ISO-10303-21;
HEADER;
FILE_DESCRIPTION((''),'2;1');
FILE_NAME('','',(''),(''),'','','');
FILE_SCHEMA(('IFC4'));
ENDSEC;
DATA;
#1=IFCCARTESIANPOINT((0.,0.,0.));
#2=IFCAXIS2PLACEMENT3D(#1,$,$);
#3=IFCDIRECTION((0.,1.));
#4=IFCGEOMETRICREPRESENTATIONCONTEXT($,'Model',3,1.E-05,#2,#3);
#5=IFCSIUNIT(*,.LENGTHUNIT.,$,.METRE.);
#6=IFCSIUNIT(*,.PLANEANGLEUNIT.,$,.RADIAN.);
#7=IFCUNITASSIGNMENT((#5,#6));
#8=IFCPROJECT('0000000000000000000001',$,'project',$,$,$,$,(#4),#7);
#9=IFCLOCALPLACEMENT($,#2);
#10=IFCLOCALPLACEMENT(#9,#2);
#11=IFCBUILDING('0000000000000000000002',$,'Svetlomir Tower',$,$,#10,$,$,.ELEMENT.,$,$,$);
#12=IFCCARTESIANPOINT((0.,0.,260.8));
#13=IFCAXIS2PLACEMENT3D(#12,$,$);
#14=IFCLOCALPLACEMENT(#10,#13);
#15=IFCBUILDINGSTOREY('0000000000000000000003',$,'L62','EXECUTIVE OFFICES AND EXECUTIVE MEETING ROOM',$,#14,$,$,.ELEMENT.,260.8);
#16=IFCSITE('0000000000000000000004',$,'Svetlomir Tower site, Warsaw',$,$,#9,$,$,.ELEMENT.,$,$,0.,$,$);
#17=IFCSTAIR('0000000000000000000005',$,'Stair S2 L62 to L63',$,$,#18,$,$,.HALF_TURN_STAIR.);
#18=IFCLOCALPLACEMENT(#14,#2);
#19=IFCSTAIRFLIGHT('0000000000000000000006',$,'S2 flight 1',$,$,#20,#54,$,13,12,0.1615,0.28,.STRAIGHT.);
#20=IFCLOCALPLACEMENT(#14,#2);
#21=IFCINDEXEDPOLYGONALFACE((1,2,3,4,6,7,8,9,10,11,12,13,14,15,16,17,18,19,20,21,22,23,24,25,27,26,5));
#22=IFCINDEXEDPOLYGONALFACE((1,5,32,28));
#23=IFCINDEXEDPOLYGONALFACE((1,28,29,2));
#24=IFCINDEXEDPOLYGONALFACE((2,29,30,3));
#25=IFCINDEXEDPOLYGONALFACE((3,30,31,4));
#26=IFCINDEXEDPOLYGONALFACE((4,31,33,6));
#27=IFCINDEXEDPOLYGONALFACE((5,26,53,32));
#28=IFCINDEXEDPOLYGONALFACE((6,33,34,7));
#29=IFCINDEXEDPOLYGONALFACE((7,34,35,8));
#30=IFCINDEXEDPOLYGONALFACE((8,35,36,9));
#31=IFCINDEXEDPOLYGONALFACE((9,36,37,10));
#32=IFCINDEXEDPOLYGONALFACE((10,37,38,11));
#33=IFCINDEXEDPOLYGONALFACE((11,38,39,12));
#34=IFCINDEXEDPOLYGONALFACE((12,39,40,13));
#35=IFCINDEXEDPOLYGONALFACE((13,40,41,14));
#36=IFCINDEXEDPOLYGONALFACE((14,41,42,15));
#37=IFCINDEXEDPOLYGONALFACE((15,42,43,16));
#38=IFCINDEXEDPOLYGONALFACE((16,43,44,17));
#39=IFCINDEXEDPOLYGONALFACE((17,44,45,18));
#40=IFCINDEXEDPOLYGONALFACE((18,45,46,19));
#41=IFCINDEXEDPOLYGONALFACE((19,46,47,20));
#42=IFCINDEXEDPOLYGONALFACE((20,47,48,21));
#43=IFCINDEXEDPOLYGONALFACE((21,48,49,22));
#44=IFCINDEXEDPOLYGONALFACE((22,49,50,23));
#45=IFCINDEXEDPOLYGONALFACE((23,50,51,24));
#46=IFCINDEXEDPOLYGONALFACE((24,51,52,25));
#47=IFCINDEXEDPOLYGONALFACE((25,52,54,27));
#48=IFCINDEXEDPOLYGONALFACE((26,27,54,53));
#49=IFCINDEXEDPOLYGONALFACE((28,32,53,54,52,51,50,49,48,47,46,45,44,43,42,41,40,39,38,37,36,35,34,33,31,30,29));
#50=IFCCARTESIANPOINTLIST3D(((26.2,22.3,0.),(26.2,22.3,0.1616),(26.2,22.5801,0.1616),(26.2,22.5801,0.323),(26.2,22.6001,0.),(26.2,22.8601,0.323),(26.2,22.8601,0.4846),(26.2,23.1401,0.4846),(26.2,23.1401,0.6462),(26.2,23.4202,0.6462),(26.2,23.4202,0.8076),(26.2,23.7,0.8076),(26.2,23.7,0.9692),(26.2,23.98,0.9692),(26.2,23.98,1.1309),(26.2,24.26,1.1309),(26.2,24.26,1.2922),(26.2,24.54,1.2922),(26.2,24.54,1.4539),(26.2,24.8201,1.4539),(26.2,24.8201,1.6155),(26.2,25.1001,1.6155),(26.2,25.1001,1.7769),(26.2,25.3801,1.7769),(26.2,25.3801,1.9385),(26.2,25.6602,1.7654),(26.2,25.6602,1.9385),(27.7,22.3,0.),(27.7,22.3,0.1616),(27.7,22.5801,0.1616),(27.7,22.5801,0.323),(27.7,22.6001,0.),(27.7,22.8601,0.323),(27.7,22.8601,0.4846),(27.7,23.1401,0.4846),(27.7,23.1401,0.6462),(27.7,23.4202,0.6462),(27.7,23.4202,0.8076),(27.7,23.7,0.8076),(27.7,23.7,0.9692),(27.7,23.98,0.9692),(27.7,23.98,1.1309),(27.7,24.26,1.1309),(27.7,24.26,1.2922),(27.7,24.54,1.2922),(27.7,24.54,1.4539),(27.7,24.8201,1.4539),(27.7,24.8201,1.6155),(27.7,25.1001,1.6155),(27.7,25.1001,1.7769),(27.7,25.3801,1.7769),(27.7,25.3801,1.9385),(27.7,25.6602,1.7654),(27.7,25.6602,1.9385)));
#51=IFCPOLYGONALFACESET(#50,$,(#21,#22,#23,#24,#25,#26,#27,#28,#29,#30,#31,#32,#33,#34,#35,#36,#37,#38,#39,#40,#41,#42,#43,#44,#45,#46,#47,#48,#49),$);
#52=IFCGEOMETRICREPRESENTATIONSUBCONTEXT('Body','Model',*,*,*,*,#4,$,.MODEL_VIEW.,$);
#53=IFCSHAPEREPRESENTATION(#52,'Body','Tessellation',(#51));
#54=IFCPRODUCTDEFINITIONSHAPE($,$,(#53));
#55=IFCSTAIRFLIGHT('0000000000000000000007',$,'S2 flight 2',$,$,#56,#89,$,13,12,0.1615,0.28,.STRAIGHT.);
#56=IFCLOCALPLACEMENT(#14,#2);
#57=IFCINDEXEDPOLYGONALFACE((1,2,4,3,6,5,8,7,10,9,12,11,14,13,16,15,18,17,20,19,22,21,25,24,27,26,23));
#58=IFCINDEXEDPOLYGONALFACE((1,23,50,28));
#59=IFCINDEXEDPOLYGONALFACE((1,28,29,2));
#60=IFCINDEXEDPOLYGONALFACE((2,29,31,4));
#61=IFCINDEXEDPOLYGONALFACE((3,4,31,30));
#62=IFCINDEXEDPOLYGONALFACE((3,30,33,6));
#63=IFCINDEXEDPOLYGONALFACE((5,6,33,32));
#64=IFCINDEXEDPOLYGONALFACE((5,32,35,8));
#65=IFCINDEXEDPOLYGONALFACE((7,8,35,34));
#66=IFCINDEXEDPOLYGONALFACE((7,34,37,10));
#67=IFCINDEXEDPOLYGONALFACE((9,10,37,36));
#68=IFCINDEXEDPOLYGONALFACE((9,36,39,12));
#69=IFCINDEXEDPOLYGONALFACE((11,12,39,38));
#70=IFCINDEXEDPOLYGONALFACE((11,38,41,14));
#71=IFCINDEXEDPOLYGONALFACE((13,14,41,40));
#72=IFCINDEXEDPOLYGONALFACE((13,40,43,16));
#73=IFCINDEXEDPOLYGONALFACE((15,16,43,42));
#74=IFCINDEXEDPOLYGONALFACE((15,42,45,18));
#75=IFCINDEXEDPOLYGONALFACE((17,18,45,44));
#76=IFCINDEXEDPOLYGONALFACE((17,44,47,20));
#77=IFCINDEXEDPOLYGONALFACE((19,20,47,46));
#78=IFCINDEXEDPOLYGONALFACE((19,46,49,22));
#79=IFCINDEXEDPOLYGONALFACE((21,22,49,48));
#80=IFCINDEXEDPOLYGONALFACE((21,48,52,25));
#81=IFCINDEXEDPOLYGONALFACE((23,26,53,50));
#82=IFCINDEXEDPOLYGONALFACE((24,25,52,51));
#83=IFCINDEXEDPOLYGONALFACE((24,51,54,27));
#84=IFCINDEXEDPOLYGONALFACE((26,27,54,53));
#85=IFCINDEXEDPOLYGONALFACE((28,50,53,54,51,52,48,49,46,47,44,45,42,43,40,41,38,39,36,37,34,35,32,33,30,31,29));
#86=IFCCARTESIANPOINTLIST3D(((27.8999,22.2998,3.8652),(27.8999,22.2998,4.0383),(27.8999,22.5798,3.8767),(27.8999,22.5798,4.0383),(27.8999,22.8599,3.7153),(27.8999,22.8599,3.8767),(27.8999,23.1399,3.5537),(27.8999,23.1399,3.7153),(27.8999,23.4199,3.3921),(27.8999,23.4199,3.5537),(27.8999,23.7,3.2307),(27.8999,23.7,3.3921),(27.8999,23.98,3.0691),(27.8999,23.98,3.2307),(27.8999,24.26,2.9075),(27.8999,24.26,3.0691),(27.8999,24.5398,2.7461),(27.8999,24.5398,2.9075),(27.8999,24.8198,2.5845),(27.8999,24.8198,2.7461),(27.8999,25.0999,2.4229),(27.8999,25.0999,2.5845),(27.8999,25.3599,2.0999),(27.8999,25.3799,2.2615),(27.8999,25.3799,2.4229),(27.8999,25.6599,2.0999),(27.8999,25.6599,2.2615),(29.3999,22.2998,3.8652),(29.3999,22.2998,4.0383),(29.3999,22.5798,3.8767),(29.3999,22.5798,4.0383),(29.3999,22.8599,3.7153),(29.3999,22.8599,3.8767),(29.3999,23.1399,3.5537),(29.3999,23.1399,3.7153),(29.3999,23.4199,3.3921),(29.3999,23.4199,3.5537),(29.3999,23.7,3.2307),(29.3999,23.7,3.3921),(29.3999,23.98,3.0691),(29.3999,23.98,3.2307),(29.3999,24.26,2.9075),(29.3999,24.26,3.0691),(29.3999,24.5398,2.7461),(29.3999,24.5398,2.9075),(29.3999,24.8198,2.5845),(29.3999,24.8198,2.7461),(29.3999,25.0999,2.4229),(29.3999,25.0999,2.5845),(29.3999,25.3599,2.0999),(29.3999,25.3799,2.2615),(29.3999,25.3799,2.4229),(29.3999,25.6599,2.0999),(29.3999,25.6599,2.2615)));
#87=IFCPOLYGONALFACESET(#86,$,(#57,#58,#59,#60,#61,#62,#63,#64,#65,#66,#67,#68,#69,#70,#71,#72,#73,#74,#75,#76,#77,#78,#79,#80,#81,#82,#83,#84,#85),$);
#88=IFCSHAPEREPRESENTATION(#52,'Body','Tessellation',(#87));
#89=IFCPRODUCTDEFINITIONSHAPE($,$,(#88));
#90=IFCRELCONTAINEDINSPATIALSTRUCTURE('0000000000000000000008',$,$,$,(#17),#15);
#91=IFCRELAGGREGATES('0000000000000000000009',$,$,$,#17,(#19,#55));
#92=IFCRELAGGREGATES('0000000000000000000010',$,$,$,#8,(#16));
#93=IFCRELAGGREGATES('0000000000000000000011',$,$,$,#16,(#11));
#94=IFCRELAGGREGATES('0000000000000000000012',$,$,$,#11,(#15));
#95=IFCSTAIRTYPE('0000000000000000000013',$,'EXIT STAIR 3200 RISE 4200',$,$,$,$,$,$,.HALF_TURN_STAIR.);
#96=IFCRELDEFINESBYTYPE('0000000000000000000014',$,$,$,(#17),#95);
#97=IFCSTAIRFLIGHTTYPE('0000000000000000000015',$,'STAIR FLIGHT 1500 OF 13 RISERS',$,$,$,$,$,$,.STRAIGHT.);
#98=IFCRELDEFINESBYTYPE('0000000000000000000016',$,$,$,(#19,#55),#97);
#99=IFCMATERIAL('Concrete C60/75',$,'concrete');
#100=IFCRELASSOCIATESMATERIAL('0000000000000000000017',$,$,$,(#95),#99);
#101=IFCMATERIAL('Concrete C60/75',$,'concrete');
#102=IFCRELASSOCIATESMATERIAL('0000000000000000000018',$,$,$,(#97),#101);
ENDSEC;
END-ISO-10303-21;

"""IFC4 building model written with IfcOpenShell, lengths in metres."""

from ifc_helpers import new_model, si_unit, direction, frame, origin, place, context, subcontext, project, spatial, polyline, outline, extrude, material, type_object, element, aggregate, save


model = new_model("IFC4")

# Units and contexts
model_context = context("Model", 3, precision=1e-05, world=origin(), true_north=direction((0.0, 1.0)))
body_context = subcontext(model_context, "Body", "Model", "MODEL_VIEW")
ifc_project = project(units=[si_unit("LENGTHUNIT", "METRE"), si_unit("PLANEANGLEUNIT", "RADIAN")], contexts=[model_context])

# Site, building, storey
site_placement = place(None, origin())
site = spatial("IfcSite", under=ifc_project, at=site_placement, Name="Svetlomir Tower site, Warsaw", CompositionType="ELEMENT", RefElevation=0.0)
building_placement = place(site_placement, origin())
building = spatial("IfcBuilding", under=site, at=building_placement, Name="Svetlomir Tower", CompositionType="ELEMENT")
storey_placement = place(building_placement, frame((0.0, 0.0, 260.8)))
storey = spatial("IfcBuildingStorey", under=building, at=storey_placement, Name="L62", Description="EXECUTIVE OFFICES AND EXECUTIVE MEETING ROOM", CompositionType="ELEMENT", Elevation=260.8)

# Stair, stair flights
ifc_material_1 = material(Name="Concrete C60/75", Category="concrete")
stair_type = type_object("IfcStairType", Name="EXIT STAIR 3200 RISE 4200", PredefinedType="HALF_TURN_STAIR", material=ifc_material_1)
stair_placement = place(storey_placement, origin())
stair = element("IfcStair", 1, at=stair_placement, inside=storey, type_object=stair_type, Name="Stair S2 L62 to L63", PredefinedType="HALF_TURN_STAIR")
ifc_material_2 = material(Name="Concrete C60/75", Category="concrete")
stair_flight_type = type_object("IfcStairFlightType", Name="STAIR FLIGHT 1500 OF 13 RISERS", PredefinedType="STRAIGHT", material=ifc_material_2)
stair_flight_1_placement = place(storey_placement, frame((26.95, 22.3, 0.0), z_axis=(0.0, 0.0, 1.0), x_axis=(0.0, 1.0, 0.0)))
stair_flight_1 = element("IfcStairFlight", 2, at=stair_flight_1_placement, type_object=stair_flight_type, Name="S2 flight 1", NumberOfRisers=13, NumberOfTreads=12, PredefinedType="STRAIGHT", RiserHeight=0.1615, TreadLength=0.28, context=body_context, shape_type="SweptSolid", body=[
    extrude(outline(polyline([(0.0, 0.0), (0.0, 0.1616), (0.28, 0.1616), (0.28, 0.323), (0.5601, 0.323), (0.5601, 0.4846), (0.8401, 0.4846), (0.8401, 0.6462), (1.1201, 0.6462), (1.1201, 0.8076), (1.3999, 0.8076), (1.3999, 0.9692), (1.6799, 0.9692), (1.6799, 1.1309), (1.96, 1.1309), (1.96, 1.2922), (2.24, 1.2922), (2.24, 1.4539), (2.52, 1.4539), (2.52, 1.6155), (2.8, 1.6155), (2.8, 1.7769), (3.0801, 1.7769), (3.0801, 1.9385), (3.3601, 1.9385), (3.3601, 2.1001), (3.3601, 1.7654), (0.3, 0.0), (0.0, 0.0)])), frame((0.0, 0.75, 0.0), z_axis=(0.0, -1.0, 0.0), x_axis=(1.0, 0.0, 0.0)), (0.0, 0.0, 1.0), 1.5),
])
stair_flight_2_placement = place(storey_placement, frame((28.6499, 25.6599, 2.0999), z_axis=(0.0, 0.0, 1.0), x_axis=(0.0, -1.0, 0.0)))
stair_flight_2 = element("IfcStairFlight", 3, at=stair_flight_2_placement, type_object=stair_flight_type, Name="S2 flight 2", NumberOfRisers=13, NumberOfTreads=12, PredefinedType="STRAIGHT", RiserHeight=0.1615, TreadLength=0.28, context=body_context, shape_type="SweptSolid", body=[
    extrude(outline(polyline([(0.0, 0.0), (0.0, 0.1616), (0.28, 0.1616), (0.28, 0.323), (0.5601, 0.323), (0.5601, 0.4846), (0.8401, 0.4846), (0.8401, 0.6462), (1.1201, 0.6462), (1.1201, 0.8076), (1.3999, 0.8076), (1.3999, 0.9692), (1.6799, 0.9692), (1.6799, 1.1309), (1.96, 1.1309), (1.96, 1.2922), (2.24, 1.2922), (2.24, 1.4539), (2.52, 1.4539), (2.52, 1.6155), (2.8, 1.6155), (2.8, 1.7769), (3.0801, 1.7769), (3.0801, 1.9385), (3.3601, 1.9385), (3.3601, 2.1001), (3.3601, 1.7654), (0.3, 0.0), (0.0, 0.0)])), frame((0.0, 0.75, 0.0), z_axis=(0.0, -1.0, 0.0), x_axis=(1.0, 0.0, 0.0)), (0.0, 0.0, 1.0), 1.5),
])
aggregate(stair, [stair_flight_1, stair_flight_2])

save(model, "model.ifc")
